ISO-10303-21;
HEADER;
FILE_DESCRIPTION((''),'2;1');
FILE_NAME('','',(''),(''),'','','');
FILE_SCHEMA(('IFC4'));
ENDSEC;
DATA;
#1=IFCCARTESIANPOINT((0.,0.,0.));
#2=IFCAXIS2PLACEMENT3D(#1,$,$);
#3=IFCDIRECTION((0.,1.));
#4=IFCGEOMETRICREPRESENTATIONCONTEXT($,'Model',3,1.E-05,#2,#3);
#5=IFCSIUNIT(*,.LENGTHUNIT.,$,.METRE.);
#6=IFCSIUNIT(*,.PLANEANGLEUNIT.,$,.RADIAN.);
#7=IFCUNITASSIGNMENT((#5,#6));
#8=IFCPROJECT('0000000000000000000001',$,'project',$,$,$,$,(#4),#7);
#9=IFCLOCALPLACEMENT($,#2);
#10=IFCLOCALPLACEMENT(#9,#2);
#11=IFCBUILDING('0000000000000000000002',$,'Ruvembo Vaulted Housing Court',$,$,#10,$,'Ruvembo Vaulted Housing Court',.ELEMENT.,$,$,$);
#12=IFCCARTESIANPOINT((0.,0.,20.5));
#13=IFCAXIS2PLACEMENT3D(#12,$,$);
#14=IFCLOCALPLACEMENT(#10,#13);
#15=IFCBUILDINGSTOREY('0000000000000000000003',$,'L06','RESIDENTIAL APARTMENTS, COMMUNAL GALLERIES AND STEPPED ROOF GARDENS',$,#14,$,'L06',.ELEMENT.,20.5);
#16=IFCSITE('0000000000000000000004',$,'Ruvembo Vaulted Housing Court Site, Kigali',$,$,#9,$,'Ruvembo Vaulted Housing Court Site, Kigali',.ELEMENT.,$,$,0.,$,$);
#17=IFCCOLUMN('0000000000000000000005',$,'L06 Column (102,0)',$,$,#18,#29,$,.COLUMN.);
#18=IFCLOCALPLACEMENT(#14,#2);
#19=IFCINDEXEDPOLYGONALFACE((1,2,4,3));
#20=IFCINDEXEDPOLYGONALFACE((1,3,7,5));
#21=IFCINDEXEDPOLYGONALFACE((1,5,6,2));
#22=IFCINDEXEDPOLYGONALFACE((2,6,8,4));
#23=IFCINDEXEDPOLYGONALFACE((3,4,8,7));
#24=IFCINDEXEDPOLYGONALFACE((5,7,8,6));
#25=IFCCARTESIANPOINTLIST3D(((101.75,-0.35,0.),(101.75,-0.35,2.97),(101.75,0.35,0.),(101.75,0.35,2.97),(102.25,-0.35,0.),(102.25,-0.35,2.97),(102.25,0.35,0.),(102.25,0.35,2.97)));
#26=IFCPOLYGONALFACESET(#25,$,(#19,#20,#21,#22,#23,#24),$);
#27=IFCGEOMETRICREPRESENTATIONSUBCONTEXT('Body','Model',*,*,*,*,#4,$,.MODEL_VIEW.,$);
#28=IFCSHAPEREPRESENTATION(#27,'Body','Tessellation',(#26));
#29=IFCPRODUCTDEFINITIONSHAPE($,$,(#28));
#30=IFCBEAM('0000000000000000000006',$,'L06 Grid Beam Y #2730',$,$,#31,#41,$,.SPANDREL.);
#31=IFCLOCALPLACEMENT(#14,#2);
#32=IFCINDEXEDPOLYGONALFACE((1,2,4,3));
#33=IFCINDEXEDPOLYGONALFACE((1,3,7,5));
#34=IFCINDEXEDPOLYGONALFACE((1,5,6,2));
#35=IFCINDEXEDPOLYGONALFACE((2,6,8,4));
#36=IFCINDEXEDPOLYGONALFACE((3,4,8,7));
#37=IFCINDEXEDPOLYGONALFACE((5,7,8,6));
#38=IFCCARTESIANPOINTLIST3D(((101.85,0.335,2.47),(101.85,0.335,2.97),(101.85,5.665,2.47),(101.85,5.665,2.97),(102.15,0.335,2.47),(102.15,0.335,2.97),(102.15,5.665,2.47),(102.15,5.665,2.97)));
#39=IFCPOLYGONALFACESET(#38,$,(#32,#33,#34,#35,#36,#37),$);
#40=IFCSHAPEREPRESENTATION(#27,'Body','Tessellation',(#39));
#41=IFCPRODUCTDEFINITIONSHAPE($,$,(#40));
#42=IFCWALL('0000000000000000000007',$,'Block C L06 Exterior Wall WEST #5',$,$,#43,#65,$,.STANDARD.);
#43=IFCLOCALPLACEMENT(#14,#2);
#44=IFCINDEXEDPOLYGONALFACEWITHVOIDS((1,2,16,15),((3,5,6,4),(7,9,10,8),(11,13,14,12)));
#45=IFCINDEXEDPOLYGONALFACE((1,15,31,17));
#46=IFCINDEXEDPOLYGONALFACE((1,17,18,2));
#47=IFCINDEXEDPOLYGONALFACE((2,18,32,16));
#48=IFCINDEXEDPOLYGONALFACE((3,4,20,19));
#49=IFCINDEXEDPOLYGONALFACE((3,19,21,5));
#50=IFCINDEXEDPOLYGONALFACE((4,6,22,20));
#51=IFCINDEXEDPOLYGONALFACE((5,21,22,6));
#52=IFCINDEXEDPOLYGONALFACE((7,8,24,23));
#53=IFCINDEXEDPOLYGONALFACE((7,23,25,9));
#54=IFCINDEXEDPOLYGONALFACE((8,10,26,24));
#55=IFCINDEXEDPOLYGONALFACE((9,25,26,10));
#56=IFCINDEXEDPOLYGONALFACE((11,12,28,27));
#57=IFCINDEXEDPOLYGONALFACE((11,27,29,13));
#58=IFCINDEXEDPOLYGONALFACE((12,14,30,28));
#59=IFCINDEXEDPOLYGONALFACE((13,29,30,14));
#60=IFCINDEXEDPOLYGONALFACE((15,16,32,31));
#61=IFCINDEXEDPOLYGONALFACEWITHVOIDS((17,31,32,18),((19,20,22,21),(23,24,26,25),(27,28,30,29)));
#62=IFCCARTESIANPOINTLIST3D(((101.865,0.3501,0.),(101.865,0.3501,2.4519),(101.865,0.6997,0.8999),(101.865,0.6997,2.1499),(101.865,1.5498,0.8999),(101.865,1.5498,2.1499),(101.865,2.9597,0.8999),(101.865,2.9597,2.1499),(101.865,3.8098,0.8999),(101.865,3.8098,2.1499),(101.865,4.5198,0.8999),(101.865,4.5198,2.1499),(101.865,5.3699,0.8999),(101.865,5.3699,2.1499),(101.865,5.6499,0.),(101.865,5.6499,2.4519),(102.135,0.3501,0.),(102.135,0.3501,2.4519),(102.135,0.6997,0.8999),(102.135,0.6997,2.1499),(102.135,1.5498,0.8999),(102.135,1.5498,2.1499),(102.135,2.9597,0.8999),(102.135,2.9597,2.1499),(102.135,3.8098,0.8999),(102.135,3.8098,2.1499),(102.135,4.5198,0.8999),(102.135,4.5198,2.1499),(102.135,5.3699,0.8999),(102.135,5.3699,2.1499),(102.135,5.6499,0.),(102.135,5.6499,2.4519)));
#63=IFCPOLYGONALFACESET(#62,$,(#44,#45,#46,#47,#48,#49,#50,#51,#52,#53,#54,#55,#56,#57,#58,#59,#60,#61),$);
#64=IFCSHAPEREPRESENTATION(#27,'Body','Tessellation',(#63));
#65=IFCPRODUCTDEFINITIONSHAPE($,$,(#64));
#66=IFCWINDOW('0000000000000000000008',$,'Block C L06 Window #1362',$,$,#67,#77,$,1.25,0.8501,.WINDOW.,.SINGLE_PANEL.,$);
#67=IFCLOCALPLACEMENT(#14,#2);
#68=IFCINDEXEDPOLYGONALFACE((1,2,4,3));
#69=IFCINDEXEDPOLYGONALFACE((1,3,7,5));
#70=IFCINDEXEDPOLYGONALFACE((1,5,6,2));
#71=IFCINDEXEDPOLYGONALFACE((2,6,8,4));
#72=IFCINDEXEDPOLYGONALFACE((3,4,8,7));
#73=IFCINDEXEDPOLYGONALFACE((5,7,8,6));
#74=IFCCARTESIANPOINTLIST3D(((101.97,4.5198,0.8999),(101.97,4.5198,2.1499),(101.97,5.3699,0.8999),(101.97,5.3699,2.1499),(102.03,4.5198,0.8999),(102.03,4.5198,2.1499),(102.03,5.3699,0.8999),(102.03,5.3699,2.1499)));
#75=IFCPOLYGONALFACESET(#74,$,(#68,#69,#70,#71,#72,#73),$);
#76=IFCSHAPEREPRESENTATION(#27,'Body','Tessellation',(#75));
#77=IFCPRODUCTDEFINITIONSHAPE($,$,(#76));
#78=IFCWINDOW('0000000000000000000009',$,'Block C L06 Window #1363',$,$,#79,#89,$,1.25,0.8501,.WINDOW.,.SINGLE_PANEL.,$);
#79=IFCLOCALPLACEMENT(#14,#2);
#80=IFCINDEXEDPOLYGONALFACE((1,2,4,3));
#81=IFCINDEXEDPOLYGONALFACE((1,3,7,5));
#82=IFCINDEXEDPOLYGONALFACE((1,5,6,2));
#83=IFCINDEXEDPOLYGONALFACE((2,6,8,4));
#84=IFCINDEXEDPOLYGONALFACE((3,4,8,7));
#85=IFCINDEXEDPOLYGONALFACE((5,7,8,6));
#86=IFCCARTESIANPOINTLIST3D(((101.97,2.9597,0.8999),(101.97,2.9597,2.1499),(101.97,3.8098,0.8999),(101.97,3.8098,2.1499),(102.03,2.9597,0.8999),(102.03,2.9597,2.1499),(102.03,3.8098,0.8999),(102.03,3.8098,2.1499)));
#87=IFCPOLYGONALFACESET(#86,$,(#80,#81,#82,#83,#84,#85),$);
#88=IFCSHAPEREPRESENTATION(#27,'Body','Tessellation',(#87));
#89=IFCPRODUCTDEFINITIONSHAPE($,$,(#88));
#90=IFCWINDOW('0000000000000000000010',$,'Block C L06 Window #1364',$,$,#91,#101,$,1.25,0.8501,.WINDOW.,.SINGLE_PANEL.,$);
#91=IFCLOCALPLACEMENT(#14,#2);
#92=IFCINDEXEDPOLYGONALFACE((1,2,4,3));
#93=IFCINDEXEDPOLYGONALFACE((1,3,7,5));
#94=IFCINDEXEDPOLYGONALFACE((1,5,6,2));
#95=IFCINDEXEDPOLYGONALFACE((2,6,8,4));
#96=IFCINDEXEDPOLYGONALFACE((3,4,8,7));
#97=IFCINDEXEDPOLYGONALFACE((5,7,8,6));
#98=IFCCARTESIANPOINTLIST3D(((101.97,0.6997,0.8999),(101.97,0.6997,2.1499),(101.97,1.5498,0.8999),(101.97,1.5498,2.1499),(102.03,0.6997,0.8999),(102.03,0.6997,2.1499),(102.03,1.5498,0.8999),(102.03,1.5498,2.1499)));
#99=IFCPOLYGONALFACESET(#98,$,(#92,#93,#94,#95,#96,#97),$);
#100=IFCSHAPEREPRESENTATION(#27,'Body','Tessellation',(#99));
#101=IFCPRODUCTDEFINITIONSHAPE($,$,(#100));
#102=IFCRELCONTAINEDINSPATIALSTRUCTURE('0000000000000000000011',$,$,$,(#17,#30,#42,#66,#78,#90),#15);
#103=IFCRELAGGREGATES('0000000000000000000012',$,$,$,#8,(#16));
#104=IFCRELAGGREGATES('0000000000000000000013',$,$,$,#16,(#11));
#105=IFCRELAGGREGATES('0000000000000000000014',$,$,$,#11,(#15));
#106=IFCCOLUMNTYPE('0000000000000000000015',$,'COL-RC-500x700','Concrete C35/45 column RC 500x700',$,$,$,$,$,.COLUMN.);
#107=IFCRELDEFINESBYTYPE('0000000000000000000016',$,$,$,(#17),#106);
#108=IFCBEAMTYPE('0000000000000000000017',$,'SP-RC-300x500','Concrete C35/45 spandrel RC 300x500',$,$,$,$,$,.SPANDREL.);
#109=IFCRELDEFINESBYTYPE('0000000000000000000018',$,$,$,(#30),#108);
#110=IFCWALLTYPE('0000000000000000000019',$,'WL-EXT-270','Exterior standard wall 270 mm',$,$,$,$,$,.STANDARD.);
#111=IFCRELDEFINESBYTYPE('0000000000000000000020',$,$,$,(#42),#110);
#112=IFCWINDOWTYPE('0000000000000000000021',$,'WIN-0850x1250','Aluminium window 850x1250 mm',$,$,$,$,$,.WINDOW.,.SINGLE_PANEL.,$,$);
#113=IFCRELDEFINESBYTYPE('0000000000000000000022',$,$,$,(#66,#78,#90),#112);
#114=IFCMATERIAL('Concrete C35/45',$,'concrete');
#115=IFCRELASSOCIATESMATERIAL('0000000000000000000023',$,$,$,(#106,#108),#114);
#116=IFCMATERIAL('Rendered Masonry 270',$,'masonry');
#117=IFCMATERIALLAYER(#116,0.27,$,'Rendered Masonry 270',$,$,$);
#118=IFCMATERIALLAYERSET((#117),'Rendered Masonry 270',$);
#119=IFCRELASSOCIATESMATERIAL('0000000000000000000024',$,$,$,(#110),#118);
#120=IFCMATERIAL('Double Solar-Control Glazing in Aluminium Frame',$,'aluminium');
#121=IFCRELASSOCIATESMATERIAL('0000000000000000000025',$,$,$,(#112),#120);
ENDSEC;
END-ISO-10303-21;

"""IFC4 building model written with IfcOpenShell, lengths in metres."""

from ifc_helpers import new_model, si_unit, direction, frame, frame_2d, origin, origin_2d, place, context, subcontext, project, spatial, rectangle, extrude, material, layer, layer_set, material_profile, profile_set, type_object, element, fill, save


model = new_model("IFC4")

# Units and contexts
model_context = context("Model", 3, precision=1e-05, world=origin(), true_north=direction((0.0, 1.0)))
body_context = subcontext(model_context, "Body", "Model", "MODEL_VIEW")
ifc_project = project(units=[si_unit("LENGTHUNIT", "METRE"), si_unit("PLANEANGLEUNIT", "RADIAN")], contexts=[model_context])

# Site, building, storey
site_placement = place(None, origin())
site = spatial("IfcSite", under=ifc_project, at=site_placement, Name="Ruvembo Vaulted Housing Court Site, Kigali", LongName="Ruvembo Vaulted Housing Court Site, Kigali", CompositionType="ELEMENT", RefElevation=0.0)
building_placement = place(site_placement, origin())
building = spatial("IfcBuilding", under=site, at=building_placement, Name="Ruvembo Vaulted Housing Court", LongName="Ruvembo Vaulted Housing Court", CompositionType="ELEMENT")
storey_placement = place(building_placement, frame((0.0, 0.0, 20.5)))
storey = spatial("IfcBuildingStorey", under=building, at=storey_placement, Name="L06", Description="RESIDENTIAL APARTMENTS, COMMUNAL GALLERIES AND STEPPED ROOF GARDENS", LongName="L06", CompositionType="ELEMENT", Elevation=20.5)

# Column
ifc_material_1 = material(Name="Concrete C35/45", Category="concrete")
ifc_material_profile_1 = material_profile(ifc_material_1, rectangle(XDim=0.5, YDim=0.7, at=origin_2d()), Name="RC 500x700")
ifc_profile_set_1 = profile_set([ifc_material_profile_1], Name="Concrete C35/45")
column_type = type_object("IfcColumnType", Name="COL-RC-500x700", Description="Concrete C35/45 column RC 500x700", PredefinedType="COLUMN", material=ifc_profile_set_1)
column_placement = place(storey_placement, frame((102.0, 0.0, 0.0), z_axis=(0.0, 0.0, 1.0), x_axis=(1.0, 0.0, 0.0)))
element("IfcColumn", 1, at=column_placement, inside=storey, type_object=column_type, Name="L06 Column (102,0)", PredefinedType="COLUMN", context=body_context, shape_type="SweptSolid", body=[
    extrude(rectangle(XDim=0.5, YDim=0.7, at=origin_2d()), origin(), (0.0, 0.0, 1.0), 2.97),
])

# Beam
ifc_material_profile_2 = material_profile(ifc_material_1, rectangle(XDim=0.3, YDim=0.5, at=origin_2d()), Name="RC 300x500")
ifc_profile_set_2 = profile_set([ifc_material_profile_2], Name="Concrete C35/45")
beam_type = type_object("IfcBeamType", Name="SP-RC-300x500", Description="Concrete C35/45 spandrel RC 300x500", PredefinedType="SPANDREL", material=ifc_profile_set_2)
beam_placement = place(storey_placement, frame((102.0, 0.335, 2.72), z_axis=(0.0, 1.0, 0.0), x_axis=(-1.0, 0.0, 0.0)))
element("IfcBeam", 2, at=beam_placement, inside=storey, type_object=beam_type, Name="L06 Grid Beam Y #2730", PredefinedType="SPANDREL", context=body_context, shape_type="SweptSolid", body=[
    extrude(rectangle(XDim=0.3, YDim=0.5, at=origin_2d()), origin(), (0.0, 0.0, 1.0), 5.3301),
])

# Wall, openings, windows
ifc_material_2 = material(Name="Rendered Masonry 270", Category="masonry")
ifc_layer_1 = layer(ifc_material_2, 0.27, Name="Rendered Masonry 270")
ifc_layer_set_1 = layer_set([ifc_layer_1], Name="Rendered Masonry 270")
wall_type = type_object("IfcWallType", Name="WL-EXT-270", Description="Exterior standard wall 270 mm", PredefinedType="STANDARD", material=ifc_layer_set_1)
wall_placement = place(storey_placement, frame((102.0, 5.6499, 0.0), z_axis=(0.0, 0.0, 1.0), x_axis=(0.0, -1.0, 0.0)))
wall = element("IfcWall", 3, at=wall_placement, inside=storey, type_object=wall_type, Name="Block C L06 Exterior Wall WEST #5", PredefinedType="STANDARD", context=body_context, shape_type="SweptSolid", body=[
    extrude(rectangle(XDim=5.2998, YDim=0.27, at=frame_2d((2.6499, 0.0))), origin(), (0.0, 0.0, 1.0), 2.4519),
])
opening_1_placement = place(wall_placement, frame((0.28, 0.0, 0.8999)))
opening_1 = element("IfcOpeningElement", 4, at=opening_1_placement, cuts=wall, PredefinedType="OPENING", context=body_context, shape_type="SweptSolid", body=[
    extrude(rectangle(XDim=0.8501, YDim=1.25, at=frame_2d((0.425, 0.625))), frame((0.0, 0.145, 0.0), z_axis=(0.0, -1.0, 0.0), x_axis=(1.0, 0.0, 0.0)), (0.0, 0.0, 1.0), 0.29),
])
opening_2_placement = place(wall_placement, frame((1.8401, 0.0, 0.8999)))
opening_2 = element("IfcOpeningElement", 5, at=opening_2_placement, cuts=wall, PredefinedType="OPENING", context=body_context, shape_type="SweptSolid", body=[
    extrude(rectangle(XDim=0.8501, YDim=1.25, at=frame_2d((0.425, 0.625))), frame((0.0, 0.145, 0.0), z_axis=(0.0, -1.0, 0.0), x_axis=(1.0, 0.0, 0.0)), (0.0, 0.0, 1.0), 0.29),
])
opening_3_placement = place(wall_placement, frame((4.1001, 0.0, 0.8999)))
opening_3 = element("IfcOpeningElement", 6, at=opening_3_placement, cuts=wall, PredefinedType="OPENING", context=body_context, shape_type="SweptSolid", body=[
    extrude(rectangle(XDim=0.8501, YDim=1.25, at=frame_2d((0.425, 0.625))), frame((0.0, 0.145, 0.0), z_axis=(0.0, -1.0, 0.0), x_axis=(1.0, 0.0, 0.0)), (0.0, 0.0, 1.0), 0.29),
])
ifc_material_3 = material(Name="Double Solar-Control Glazing in Aluminium Frame", Category="aluminium")
window_type = type_object("IfcWindowType", Name="WIN-0850x1250", Description="Aluminium window 850x1250 mm", PartitioningType="SINGLE_PANEL", PredefinedType="WINDOW", material=ifc_material_3)
window_1_placement = place(opening_1_placement, origin())
window_1 = element("IfcWindow", 7, at=window_1_placement, inside=storey, type_object=window_type, Name="Block C L06 Window #1362", OverallHeight=1.25, OverallWidth=0.8501, PartitioningType="SINGLE_PANEL", PredefinedType="WINDOW", context=body_context, shape_type="SweptSolid", body=[
    extrude(rectangle(XDim=0.8501, YDim=1.25, at=frame_2d((0.425, 0.625))), frame((0.0, 0.03, 0.0), z_axis=(0.0, -1.0, 0.0), x_axis=(1.0, 0.0, 0.0)), (0.0, 0.0, 1.0), 0.0601),
])
fill(opening_1, window_1)
window_2_placement = place(opening_2_placement, origin())
window_2 = element("IfcWindow", 8, at=window_2_placement, inside=storey, type_object=window_type, Name="Block C L06 Window #1363", OverallHeight=1.25, OverallWidth=0.8501, PartitioningType="SINGLE_PANEL", PredefinedType="WINDOW", context=body_context, shape_type="SweptSolid", body=[
    extrude(rectangle(XDim=0.8501, YDim=1.25, at=frame_2d((0.425, 0.625))), frame((0.0, 0.03, 0.0), z_axis=(0.0, -1.0, 0.0), x_axis=(1.0, 0.0, 0.0)), (0.0, 0.0, 1.0), 0.0601),
])
fill(opening_2, window_2)
window_3_placement = place(opening_3_placement, origin())
window_3 = element("IfcWindow", 9, at=window_3_placement, inside=storey, type_object=window_type, Name="Block C L06 Window #1364", OverallHeight=1.25, OverallWidth=0.8501, PartitioningType="SINGLE_PANEL", PredefinedType="WINDOW", context=body_context, shape_type="SweptSolid", body=[
    extrude(rectangle(XDim=0.8501, YDim=1.25, at=frame_2d((0.425, 0.625))), frame((0.0, 0.03, 0.0), z_axis=(0.0, -1.0, 0.0), x_axis=(1.0, 0.0, 0.0)), (0.0, 0.0, 1.0), 0.0601),
])
fill(opening_3, window_3)

save(model, "model.ifc")
